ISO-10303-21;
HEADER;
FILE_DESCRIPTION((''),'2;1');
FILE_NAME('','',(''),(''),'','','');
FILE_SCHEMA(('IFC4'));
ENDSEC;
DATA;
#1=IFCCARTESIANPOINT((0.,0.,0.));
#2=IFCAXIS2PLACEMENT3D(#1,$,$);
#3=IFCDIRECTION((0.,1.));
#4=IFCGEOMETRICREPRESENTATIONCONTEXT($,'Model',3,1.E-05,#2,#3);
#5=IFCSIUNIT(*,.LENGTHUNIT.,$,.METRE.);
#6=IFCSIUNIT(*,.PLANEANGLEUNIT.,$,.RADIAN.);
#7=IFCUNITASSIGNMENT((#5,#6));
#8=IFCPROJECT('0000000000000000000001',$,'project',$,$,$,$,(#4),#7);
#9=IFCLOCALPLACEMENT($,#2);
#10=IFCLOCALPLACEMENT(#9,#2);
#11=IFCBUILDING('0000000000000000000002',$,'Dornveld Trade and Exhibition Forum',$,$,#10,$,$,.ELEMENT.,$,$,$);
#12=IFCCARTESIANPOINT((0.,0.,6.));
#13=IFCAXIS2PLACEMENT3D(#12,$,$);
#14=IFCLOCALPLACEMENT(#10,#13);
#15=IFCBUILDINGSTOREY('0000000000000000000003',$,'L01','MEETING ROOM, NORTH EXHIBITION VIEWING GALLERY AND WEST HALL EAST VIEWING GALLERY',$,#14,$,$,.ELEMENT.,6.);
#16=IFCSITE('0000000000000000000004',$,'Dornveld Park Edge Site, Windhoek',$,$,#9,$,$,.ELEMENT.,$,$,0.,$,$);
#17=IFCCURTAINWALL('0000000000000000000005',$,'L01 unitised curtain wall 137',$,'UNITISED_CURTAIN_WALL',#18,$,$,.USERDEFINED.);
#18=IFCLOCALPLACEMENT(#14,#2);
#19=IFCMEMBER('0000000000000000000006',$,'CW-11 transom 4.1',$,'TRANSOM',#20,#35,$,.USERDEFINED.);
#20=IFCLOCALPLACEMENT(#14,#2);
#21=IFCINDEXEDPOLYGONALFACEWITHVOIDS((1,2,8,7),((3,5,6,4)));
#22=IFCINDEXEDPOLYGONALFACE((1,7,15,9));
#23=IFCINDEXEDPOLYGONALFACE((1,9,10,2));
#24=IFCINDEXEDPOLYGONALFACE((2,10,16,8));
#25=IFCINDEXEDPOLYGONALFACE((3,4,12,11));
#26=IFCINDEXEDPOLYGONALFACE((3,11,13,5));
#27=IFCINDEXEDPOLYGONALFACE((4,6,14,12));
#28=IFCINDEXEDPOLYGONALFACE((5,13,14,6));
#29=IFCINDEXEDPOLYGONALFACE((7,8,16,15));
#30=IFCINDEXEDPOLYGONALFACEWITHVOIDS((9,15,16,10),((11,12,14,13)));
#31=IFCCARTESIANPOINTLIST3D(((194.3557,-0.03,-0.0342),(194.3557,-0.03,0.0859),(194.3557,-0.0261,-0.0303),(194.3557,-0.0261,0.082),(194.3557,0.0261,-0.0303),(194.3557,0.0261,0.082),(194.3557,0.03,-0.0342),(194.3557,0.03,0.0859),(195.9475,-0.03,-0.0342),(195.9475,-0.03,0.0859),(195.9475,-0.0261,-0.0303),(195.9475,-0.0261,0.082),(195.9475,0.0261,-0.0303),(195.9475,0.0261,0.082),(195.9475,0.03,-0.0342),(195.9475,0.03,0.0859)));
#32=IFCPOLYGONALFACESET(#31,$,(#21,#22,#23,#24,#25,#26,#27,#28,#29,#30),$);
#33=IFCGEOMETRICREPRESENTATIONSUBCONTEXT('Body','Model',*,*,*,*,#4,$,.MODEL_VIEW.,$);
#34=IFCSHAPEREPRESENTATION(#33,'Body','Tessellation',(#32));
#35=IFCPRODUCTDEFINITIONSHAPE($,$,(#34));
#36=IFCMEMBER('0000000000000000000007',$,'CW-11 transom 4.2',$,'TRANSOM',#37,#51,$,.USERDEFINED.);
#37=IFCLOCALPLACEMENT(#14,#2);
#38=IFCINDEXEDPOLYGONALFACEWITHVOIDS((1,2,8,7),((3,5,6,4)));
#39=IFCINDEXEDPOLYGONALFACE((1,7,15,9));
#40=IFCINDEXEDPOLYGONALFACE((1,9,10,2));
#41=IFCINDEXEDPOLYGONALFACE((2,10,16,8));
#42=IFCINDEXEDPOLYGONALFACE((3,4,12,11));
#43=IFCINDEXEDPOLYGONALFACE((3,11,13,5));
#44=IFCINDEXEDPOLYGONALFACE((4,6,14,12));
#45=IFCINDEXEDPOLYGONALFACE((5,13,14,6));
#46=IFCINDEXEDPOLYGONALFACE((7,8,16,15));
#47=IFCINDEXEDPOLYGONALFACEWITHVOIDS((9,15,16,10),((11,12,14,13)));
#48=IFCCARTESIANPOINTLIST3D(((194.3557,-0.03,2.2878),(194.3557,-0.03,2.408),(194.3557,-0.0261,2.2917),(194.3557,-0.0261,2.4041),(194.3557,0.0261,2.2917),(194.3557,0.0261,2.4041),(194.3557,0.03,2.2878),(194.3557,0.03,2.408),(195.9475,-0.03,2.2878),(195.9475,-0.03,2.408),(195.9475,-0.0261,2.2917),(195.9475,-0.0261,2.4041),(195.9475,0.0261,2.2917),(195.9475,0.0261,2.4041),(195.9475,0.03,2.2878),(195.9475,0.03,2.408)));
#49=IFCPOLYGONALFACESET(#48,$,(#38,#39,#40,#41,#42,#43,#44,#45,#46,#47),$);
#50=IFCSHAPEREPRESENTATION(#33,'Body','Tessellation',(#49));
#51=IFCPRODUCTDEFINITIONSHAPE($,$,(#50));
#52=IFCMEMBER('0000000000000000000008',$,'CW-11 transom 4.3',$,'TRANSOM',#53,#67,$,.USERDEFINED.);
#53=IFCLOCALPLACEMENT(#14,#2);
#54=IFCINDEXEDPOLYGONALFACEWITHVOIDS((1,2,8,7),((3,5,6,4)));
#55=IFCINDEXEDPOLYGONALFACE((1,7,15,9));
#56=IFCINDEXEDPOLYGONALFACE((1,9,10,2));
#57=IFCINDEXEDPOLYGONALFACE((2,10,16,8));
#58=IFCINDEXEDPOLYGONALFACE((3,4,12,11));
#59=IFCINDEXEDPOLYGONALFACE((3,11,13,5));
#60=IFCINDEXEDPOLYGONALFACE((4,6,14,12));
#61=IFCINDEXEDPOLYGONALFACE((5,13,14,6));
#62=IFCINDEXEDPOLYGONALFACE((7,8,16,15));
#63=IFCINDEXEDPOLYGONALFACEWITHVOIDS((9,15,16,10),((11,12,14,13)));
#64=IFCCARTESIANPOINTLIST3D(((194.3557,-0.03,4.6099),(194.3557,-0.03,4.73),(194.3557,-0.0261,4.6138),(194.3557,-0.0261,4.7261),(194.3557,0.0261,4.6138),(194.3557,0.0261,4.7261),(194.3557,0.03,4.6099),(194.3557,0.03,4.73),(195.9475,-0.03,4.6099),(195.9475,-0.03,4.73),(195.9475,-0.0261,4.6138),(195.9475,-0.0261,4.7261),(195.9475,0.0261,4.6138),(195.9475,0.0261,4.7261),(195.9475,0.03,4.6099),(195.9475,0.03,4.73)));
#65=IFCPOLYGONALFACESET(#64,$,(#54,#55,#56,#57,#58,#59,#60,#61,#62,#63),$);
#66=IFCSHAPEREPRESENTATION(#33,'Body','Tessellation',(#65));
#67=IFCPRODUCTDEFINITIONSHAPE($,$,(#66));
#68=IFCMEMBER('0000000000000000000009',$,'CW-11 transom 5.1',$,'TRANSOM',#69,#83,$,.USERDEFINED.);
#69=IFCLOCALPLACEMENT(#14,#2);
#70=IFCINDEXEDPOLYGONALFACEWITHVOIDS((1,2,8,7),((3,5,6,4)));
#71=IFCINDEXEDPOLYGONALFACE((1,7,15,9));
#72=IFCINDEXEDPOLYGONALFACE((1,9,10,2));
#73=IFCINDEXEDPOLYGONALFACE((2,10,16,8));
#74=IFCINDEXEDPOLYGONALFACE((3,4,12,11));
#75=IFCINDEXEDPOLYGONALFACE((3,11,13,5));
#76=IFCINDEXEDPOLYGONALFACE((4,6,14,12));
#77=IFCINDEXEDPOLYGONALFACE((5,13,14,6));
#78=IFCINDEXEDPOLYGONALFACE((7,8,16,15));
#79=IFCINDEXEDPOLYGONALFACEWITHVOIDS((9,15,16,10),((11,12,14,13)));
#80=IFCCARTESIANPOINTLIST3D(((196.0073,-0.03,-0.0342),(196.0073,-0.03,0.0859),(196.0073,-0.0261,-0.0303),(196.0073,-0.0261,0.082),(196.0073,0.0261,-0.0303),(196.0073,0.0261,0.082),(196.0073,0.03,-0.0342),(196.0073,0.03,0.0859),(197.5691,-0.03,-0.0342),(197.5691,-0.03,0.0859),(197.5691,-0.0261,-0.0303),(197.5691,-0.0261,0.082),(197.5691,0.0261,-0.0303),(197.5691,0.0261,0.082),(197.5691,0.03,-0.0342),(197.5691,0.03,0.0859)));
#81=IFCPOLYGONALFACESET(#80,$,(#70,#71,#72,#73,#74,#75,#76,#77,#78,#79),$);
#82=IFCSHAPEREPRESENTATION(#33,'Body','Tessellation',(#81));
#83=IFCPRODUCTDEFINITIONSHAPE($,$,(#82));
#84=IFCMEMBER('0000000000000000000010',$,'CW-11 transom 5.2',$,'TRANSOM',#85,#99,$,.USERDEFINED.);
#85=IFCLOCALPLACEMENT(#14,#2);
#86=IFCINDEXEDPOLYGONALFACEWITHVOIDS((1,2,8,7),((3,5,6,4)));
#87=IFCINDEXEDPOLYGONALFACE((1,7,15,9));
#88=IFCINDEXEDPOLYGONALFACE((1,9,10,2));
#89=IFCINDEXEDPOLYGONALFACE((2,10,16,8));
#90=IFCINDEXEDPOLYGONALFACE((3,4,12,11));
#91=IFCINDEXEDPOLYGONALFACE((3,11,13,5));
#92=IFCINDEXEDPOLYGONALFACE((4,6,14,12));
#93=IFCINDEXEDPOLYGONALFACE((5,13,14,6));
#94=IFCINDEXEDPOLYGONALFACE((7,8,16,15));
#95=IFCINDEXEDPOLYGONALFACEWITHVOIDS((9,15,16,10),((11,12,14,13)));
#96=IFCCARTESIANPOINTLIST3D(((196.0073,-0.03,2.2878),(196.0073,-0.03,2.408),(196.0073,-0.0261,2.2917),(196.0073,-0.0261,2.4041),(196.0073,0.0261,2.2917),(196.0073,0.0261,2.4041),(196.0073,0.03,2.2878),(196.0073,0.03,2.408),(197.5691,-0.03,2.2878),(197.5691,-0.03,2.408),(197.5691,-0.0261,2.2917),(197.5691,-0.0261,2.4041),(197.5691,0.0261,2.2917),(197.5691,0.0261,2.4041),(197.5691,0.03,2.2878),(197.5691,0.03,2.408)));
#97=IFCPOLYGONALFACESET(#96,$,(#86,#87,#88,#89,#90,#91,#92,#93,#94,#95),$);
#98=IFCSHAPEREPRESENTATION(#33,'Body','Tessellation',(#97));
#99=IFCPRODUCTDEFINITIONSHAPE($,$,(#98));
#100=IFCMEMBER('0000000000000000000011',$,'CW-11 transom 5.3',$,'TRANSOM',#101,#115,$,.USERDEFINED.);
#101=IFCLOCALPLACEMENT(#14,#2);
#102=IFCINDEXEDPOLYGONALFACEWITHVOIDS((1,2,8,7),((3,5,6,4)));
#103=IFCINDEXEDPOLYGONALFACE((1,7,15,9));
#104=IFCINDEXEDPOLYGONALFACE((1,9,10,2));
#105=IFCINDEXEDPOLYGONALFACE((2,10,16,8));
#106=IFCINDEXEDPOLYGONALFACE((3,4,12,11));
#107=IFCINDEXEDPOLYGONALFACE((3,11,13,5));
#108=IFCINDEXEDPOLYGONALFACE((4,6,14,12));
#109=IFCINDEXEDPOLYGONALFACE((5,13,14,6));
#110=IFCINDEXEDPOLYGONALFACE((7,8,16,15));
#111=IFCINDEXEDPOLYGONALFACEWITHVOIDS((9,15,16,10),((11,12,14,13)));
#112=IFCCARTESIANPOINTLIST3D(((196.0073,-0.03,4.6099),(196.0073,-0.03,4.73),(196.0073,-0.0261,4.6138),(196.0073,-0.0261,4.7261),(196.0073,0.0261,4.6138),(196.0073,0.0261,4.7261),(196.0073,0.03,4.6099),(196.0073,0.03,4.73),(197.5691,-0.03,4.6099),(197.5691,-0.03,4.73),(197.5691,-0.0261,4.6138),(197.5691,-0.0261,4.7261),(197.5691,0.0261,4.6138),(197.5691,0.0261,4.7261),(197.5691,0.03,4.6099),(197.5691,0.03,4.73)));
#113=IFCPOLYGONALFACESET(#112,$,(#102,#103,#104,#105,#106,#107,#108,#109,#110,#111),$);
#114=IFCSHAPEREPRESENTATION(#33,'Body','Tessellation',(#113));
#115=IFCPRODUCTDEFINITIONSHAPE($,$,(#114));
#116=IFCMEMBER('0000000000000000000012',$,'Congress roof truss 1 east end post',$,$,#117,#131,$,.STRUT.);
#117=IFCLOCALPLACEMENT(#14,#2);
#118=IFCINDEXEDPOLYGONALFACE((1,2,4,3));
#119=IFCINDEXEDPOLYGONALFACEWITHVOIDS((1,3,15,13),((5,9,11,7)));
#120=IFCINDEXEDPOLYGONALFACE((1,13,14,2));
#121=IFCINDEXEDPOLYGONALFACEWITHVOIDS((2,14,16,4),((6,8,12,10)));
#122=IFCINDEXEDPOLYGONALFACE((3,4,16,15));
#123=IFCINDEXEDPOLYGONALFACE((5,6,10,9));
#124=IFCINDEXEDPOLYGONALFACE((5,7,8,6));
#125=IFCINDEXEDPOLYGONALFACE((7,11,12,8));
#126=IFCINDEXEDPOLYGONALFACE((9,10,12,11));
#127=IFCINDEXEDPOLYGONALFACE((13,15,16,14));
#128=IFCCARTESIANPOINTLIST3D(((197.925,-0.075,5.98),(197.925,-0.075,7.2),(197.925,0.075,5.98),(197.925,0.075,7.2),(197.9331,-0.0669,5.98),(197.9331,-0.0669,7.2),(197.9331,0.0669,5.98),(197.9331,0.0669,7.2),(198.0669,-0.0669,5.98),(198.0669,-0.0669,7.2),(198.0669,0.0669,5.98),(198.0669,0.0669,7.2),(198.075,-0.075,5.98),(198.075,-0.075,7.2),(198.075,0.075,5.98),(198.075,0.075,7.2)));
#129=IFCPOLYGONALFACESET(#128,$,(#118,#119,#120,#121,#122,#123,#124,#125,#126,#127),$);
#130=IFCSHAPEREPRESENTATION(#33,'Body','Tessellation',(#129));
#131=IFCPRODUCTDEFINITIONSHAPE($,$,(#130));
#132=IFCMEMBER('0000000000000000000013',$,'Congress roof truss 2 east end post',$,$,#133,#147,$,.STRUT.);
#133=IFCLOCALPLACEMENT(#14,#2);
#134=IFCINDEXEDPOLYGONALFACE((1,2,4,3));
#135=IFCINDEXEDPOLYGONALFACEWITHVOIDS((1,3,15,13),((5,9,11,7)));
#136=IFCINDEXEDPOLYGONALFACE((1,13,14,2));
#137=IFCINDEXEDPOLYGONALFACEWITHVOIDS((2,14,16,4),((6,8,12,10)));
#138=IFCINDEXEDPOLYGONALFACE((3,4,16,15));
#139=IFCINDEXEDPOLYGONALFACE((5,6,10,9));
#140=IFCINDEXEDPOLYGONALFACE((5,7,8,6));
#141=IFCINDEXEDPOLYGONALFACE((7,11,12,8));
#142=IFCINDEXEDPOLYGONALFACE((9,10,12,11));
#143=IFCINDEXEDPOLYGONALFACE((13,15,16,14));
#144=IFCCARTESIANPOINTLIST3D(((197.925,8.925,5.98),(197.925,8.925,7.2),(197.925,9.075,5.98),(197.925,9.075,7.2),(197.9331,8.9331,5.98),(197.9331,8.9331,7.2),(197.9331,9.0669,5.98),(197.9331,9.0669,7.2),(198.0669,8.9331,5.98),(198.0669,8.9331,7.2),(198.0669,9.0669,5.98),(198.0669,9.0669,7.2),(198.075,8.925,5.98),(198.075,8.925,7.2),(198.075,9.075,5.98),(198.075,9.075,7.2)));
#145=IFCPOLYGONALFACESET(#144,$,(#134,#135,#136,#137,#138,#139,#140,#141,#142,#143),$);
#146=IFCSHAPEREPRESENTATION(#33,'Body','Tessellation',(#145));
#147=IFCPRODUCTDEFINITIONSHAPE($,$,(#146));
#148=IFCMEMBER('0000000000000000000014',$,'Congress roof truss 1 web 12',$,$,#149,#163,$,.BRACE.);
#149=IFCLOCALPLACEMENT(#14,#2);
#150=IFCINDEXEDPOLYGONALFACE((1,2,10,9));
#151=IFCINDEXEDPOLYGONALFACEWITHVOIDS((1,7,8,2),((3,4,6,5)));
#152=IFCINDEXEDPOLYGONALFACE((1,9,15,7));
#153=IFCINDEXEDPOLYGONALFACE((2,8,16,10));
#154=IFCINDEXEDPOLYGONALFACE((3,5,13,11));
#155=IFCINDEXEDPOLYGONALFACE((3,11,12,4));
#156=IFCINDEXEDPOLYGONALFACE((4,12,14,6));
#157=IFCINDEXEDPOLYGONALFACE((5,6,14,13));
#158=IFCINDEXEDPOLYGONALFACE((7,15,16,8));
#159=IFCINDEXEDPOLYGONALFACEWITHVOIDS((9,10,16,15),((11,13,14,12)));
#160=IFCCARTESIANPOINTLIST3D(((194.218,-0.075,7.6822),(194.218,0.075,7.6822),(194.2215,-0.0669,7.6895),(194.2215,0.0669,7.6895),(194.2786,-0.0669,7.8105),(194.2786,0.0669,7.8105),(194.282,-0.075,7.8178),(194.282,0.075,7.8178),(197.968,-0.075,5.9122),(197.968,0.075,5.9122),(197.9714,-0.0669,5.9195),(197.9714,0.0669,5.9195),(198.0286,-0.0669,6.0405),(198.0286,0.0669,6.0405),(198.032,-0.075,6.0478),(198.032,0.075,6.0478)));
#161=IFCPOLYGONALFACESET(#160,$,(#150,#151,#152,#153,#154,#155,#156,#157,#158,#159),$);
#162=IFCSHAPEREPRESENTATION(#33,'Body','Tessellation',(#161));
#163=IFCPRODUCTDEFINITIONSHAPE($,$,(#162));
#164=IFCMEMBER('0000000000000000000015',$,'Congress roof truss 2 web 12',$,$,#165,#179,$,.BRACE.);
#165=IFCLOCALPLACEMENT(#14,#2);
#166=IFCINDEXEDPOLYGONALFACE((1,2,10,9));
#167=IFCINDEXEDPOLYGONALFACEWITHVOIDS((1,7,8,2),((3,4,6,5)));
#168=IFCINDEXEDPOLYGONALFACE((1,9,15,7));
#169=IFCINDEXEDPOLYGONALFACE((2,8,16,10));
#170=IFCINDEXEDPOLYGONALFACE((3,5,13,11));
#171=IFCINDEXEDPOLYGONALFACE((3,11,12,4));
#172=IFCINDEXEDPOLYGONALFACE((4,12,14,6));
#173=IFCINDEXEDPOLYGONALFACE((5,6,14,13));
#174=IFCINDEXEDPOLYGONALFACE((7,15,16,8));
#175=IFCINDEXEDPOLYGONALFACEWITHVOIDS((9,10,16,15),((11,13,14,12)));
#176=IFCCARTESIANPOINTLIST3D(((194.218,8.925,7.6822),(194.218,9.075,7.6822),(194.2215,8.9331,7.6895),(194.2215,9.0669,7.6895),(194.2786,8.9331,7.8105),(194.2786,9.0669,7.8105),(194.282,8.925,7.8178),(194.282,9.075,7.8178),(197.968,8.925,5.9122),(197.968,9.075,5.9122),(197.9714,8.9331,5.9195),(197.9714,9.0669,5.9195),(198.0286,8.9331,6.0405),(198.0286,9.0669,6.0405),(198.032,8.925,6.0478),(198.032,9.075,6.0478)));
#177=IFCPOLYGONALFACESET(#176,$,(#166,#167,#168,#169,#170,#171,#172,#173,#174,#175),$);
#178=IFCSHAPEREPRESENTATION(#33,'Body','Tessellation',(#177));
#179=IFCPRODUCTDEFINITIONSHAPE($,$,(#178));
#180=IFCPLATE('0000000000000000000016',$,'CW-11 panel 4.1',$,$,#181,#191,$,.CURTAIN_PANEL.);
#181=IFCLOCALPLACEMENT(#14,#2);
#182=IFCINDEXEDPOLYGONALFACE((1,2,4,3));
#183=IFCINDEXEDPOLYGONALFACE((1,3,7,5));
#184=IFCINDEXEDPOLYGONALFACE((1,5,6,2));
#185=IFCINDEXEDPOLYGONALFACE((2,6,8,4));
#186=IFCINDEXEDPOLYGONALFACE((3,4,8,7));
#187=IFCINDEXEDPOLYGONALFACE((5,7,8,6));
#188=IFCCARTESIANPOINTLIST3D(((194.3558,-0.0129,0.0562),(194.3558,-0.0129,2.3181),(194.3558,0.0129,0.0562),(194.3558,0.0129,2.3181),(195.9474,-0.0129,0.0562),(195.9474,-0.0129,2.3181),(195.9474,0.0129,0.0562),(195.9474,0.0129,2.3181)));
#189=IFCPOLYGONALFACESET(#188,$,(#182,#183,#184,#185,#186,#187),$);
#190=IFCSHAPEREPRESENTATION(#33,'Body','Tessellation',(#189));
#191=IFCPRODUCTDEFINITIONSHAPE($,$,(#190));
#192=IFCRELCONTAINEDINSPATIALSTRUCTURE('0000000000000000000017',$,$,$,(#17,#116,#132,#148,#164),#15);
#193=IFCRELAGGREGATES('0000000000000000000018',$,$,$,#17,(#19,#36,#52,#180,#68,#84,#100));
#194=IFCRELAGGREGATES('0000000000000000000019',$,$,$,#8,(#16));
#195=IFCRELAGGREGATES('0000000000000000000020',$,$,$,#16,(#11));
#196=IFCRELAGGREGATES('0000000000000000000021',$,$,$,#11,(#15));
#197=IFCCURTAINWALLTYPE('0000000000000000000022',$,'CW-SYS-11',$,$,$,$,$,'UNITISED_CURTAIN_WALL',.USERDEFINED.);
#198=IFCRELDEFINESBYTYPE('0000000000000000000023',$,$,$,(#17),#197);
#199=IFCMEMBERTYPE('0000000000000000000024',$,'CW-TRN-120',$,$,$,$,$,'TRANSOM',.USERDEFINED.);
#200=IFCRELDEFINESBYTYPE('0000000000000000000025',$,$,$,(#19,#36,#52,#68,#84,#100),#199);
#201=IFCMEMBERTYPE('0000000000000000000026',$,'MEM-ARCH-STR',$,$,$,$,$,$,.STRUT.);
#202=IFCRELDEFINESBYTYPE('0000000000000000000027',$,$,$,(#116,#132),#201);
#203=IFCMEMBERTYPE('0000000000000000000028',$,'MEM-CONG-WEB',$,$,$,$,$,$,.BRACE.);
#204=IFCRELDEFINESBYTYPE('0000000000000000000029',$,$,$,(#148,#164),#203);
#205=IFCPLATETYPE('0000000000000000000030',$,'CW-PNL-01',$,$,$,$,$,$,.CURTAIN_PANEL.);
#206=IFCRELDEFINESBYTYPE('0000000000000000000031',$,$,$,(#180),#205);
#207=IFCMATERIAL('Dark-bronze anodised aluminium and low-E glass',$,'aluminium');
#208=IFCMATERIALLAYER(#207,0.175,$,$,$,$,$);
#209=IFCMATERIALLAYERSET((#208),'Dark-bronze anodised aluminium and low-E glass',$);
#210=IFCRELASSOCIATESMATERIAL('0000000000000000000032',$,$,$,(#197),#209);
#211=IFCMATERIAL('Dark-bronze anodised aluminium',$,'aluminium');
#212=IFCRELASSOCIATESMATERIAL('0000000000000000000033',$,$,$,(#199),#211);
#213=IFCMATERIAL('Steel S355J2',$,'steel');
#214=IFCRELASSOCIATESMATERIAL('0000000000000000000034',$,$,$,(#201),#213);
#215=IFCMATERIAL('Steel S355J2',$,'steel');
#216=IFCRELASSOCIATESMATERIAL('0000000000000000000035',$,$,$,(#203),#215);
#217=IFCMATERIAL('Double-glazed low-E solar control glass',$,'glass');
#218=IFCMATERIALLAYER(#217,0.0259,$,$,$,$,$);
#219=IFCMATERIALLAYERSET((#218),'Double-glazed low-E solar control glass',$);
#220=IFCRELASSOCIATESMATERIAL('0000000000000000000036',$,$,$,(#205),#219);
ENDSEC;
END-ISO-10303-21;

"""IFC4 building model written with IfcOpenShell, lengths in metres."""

from ifc_helpers import new_model, si_unit, direction, frame, origin, origin_2d, place, context, subcontext, project, spatial, rectangle, hollow_rectangle, extrude, material, layer, layer_set, material_profile, profile_set, type_object, element, aggregate, save


model = new_model("IFC4")

# Units and contexts
model_context = context("Model", 3, precision=1e-05, world=origin(), true_north=direction((0.0, 1.0)))
body_context = subcontext(model_context, "Body", "Model", "MODEL_VIEW")
ifc_project = project(units=[si_unit("LENGTHUNIT", "METRE"), si_unit("PLANEANGLEUNIT", "RADIAN")], contexts=[model_context])

# Site, building, storey
site_placement = place(None, origin())
site = spatial("IfcSite", under=ifc_project, at=site_placement, Name="Dornveld Park Edge Site, Windhoek", CompositionType="ELEMENT", RefElevation=0.0)
building_placement = place(site_placement, origin())
building = spatial("IfcBuilding", under=site, at=building_placement, Name="Dornveld Trade and Exhibition Forum", CompositionType="ELEMENT")
storey_placement = place(building_placement, frame((0.0, 0.0, 6.0)))
storey = spatial("IfcBuildingStorey", under=building, at=storey_placement, Name="L01", Description="MEETING ROOM, NORTH EXHIBITION VIEWING GALLERY AND WEST HALL EAST VIEWING GALLERY", CompositionType="ELEMENT", Elevation=6.0)

# Curtain wall, members
ifc_material_1 = material(Name="Dark-bronze anodised aluminium and low-E glass", Category="aluminium")
ifc_layer_1 = layer(ifc_material_1, 0.175)
ifc_layer_set_1 = layer_set([ifc_layer_1], Name="Dark-bronze anodised aluminium and low-E glass")
curtain_wall_type = type_object("IfcCurtainWallType", Name="CW-SYS-11", ElementType="UNITISED_CURTAIN_WALL", PredefinedType="USERDEFINED", material=ifc_layer_set_1)
curtain_wall_placement = place(storey_placement, origin())
curtain_wall = element("IfcCurtainWall", 1, at=curtain_wall_placement, inside=storey, type_object=curtain_wall_type, Name="L01 unitised curtain wall 137", ObjectType="UNITISED_CURTAIN_WALL", PredefinedType="USERDEFINED")
ifc_material_2 = material(Name="Dark-bronze anodised aluminium", Category="aluminium")
ifc_material_profile_1 = material_profile(ifc_material_2, hollow_rectangle(XDim=0.0601, YDim=0.1201, WallThickness=0.0039, at=origin_2d()), Name="RHS 120x60x4")
ifc_profile_set_1 = profile_set([ifc_material_profile_1], Name="Dark-bronze anodised aluminium")
member_type_1 = type_object("IfcMemberType", Name="CW-TRN-120", ElementType="TRANSOM", PredefinedType="USERDEFINED", material=ifc_profile_set_1)
member_1_placement = place(storey_placement, frame((194.3557, 0.0, 0.0259), z_axis=(1.0, 0.0, 0.0), x_axis=(0.0, 1.0, 0.0)))
member_1 = element("IfcMember", 2, at=member_1_placement, type_object=member_type_1, Name="CW-11 transom 4.1", ObjectType="TRANSOM", PredefinedType="USERDEFINED", context=body_context, shape_type="SweptSolid", body=[
    extrude(hollow_rectangle(XDim=0.0601, YDim=0.1201, WallThickness=0.0039, at=origin_2d()), origin(), (0.0, 0.0, 1.0), 1.5918),
])
member_2_placement = place(storey_placement, frame((194.3557, 0.0, 2.3479), z_axis=(1.0, 0.0, 0.0), x_axis=(0.0, 1.0, 0.0)))
member_2 = element("IfcMember", 3, at=member_2_placement, type_object=member_type_1, Name="CW-11 transom 4.2", ObjectType="TRANSOM", PredefinedType="USERDEFINED", context=body_context, shape_type="SweptSolid", body=[
    extrude(hollow_rectangle(XDim=0.0601, YDim=0.1201, WallThickness=0.0039, at=origin_2d()), origin(), (0.0, 0.0, 1.0), 1.5918),
])
member_3_placement = place(storey_placement, frame((194.3557, 0.0, 4.6699), z_axis=(1.0, 0.0, 0.0), x_axis=(0.0, 1.0, 0.0)))
member_3 = element("IfcMember", 4, at=member_3_placement, type_object=member_type_1, Name="CW-11 transom 4.3", ObjectType="TRANSOM", PredefinedType="USERDEFINED", context=body_context, shape_type="SweptSolid", body=[
    extrude(hollow_rectangle(XDim=0.0601, YDim=0.1201, WallThickness=0.0039, at=origin_2d()), origin(), (0.0, 0.0, 1.0), 1.5918),
])
member_4_placement = place(storey_placement, frame((196.0073, 0.0, 0.0259), z_axis=(1.0, 0.0, 0.0), x_axis=(0.0, 1.0, 0.0)))
member_4 = element("IfcMember", 5, at=member_4_placement, type_object=member_type_1, Name="CW-11 transom 5.1", ObjectType="TRANSOM", PredefinedType="USERDEFINED", context=body_context, shape_type="SweptSolid", body=[
    extrude(hollow_rectangle(XDim=0.0601, YDim=0.1201, WallThickness=0.0039, at=origin_2d()), origin(), (0.0, 0.0, 1.0), 1.5618),
])
member_5_placement = place(storey_placement, frame((196.0073, 0.0, 2.3479), z_axis=(1.0, 0.0, 0.0), x_axis=(0.0, 1.0, 0.0)))
member_5 = element("IfcMember", 6, at=member_5_placement, type_object=member_type_1, Name="CW-11 transom 5.2", ObjectType="TRANSOM", PredefinedType="USERDEFINED", context=body_context, shape_type="SweptSolid", body=[
    extrude(hollow_rectangle(XDim=0.0601, YDim=0.1201, WallThickness=0.0039, at=origin_2d()), origin(), (0.0, 0.0, 1.0), 1.5618),
])
member_6_placement = place(storey_placement, frame((196.0073, 0.0, 4.6699), z_axis=(1.0, 0.0, 0.0), x_axis=(0.0, 1.0, 0.0)))
member_6 = element("IfcMember", 7, at=member_6_placement, type_object=member_type_1, Name="CW-11 transom 5.3", ObjectType="TRANSOM", PredefinedType="USERDEFINED", context=body_context, shape_type="SweptSolid", body=[
    extrude(hollow_rectangle(XDim=0.0601, YDim=0.1201, WallThickness=0.0039, at=origin_2d()), origin(), (0.0, 0.0, 1.0), 1.5618),
])

# Members
ifc_material_3 = material(Name="Steel S355J2", Category="steel")
ifc_material_profile_2 = material_profile(ifc_material_3, hollow_rectangle(XDim=0.1499, YDim=0.1499, WallThickness=0.0081, at=origin_2d()), Name="SHS 150x150x8")
ifc_profile_set_2 = profile_set([ifc_material_profile_2], Name="Steel S355J2")
member_type_2 = type_object("IfcMemberType", Name="MEM-ARCH-STR", PredefinedType="STRUT", material=ifc_profile_set_2)
for number, where, z_axis, x_axis, name in (
    (8, (198.0, 0.0, 5.98), (0.0, 0.0, 1.0), (1.0, 0.0, 0.0), "Congress roof truss 1 east end post"),
    (9, (198.0, 9.0, 5.98), (0.0, 0.0, 1.0), (1.0, 0.0, 0.0), "Congress roof truss 2 east end post"),
):
    element("IfcMember", number, at=place(storey_placement, frame(where, z_axis=z_axis, x_axis=x_axis)), inside=storey, type_object=member_type_2, Name=name, PredefinedType="STRUT", context=body_context, shape_type="SweptSolid", body=[
        extrude(hollow_rectangle(XDim=0.1499, YDim=0.1499, WallThickness=0.0081, at=origin_2d()), origin(), (0.0, 0.0, 1.0), 1.22),
    ])
ifc_material_4 = material(Name="Steel S355J2", Category="steel")
ifc_material_profile_3 = material_profile(ifc_material_4, hollow_rectangle(XDim=0.1499, YDim=0.1499, WallThickness=0.0081, at=origin_2d()), Name="SHS 150x150x8")
ifc_profile_set_3 = profile_set([ifc_material_profile_3], Name="Steel S355J2")
member_type_3 = type_object("IfcMemberType", Name="MEM-CONG-WEB", PredefinedType="BRACE", material=ifc_profile_set_3)
for number, where, z_axis, x_axis, name in (
    (10, (198.0, 0.0, 5.98), (-0.904324, 0.0, 0.426846), (0.0, -1.0, 0.0), "Congress roof truss 1 web 12"),
    (11, (198.0, 9.0, 5.98), (-0.904324, 0.0, 0.426846), (0.0, -1.0, 0.0), "Congress roof truss 2 web 12"),
):
    element("IfcMember", number, at=place(storey_placement, frame(where, z_axis=z_axis, x_axis=x_axis)), inside=storey, type_object=member_type_3, Name=name, PredefinedType="BRACE", context=body_context, shape_type="SweptSolid", body=[
        extrude(hollow_rectangle(XDim=0.1499, YDim=0.1499, WallThickness=0.0081, at=origin_2d()), origin(), (0.0, 0.0, 1.0), 4.1467),
    ])

# Plate
ifc_material_5 = material(Name="Double-glazed low-E solar control glass", Category="glass")
ifc_layer_2 = layer(ifc_material_5, 0.0259)
ifc_layer_set_2 = layer_set([ifc_layer_2], Name="Double-glazed low-E solar control glass")
plate_type = type_object("IfcPlateType", Name="CW-PNL-01", PredefinedType="CURTAIN_PANEL", material=ifc_layer_set_2)
plate_1_placement = place(storey_placement, frame((195.1516, 0.0, 0.0562), z_axis=(0.0, 0.0, 1.0), x_axis=(1.0, 0.0, 0.0)))
plate_1 = element("IfcPlate", 12, at=plate_1_placement, type_object=plate_type, Name="CW-11 panel 4.1", PredefinedType="CURTAIN_PANEL", context=body_context, shape_type="SweptSolid", body=[
    extrude(rectangle(XDim=1.5916, YDim=0.0259, at=origin_2d()), origin(), (0.0, 0.0, 1.0), 2.262),
])
aggregate(curtain_wall, [member_1, member_2, member_3, plate_1, member_4, member_5, member_6])

save(model, "model.ifc")
